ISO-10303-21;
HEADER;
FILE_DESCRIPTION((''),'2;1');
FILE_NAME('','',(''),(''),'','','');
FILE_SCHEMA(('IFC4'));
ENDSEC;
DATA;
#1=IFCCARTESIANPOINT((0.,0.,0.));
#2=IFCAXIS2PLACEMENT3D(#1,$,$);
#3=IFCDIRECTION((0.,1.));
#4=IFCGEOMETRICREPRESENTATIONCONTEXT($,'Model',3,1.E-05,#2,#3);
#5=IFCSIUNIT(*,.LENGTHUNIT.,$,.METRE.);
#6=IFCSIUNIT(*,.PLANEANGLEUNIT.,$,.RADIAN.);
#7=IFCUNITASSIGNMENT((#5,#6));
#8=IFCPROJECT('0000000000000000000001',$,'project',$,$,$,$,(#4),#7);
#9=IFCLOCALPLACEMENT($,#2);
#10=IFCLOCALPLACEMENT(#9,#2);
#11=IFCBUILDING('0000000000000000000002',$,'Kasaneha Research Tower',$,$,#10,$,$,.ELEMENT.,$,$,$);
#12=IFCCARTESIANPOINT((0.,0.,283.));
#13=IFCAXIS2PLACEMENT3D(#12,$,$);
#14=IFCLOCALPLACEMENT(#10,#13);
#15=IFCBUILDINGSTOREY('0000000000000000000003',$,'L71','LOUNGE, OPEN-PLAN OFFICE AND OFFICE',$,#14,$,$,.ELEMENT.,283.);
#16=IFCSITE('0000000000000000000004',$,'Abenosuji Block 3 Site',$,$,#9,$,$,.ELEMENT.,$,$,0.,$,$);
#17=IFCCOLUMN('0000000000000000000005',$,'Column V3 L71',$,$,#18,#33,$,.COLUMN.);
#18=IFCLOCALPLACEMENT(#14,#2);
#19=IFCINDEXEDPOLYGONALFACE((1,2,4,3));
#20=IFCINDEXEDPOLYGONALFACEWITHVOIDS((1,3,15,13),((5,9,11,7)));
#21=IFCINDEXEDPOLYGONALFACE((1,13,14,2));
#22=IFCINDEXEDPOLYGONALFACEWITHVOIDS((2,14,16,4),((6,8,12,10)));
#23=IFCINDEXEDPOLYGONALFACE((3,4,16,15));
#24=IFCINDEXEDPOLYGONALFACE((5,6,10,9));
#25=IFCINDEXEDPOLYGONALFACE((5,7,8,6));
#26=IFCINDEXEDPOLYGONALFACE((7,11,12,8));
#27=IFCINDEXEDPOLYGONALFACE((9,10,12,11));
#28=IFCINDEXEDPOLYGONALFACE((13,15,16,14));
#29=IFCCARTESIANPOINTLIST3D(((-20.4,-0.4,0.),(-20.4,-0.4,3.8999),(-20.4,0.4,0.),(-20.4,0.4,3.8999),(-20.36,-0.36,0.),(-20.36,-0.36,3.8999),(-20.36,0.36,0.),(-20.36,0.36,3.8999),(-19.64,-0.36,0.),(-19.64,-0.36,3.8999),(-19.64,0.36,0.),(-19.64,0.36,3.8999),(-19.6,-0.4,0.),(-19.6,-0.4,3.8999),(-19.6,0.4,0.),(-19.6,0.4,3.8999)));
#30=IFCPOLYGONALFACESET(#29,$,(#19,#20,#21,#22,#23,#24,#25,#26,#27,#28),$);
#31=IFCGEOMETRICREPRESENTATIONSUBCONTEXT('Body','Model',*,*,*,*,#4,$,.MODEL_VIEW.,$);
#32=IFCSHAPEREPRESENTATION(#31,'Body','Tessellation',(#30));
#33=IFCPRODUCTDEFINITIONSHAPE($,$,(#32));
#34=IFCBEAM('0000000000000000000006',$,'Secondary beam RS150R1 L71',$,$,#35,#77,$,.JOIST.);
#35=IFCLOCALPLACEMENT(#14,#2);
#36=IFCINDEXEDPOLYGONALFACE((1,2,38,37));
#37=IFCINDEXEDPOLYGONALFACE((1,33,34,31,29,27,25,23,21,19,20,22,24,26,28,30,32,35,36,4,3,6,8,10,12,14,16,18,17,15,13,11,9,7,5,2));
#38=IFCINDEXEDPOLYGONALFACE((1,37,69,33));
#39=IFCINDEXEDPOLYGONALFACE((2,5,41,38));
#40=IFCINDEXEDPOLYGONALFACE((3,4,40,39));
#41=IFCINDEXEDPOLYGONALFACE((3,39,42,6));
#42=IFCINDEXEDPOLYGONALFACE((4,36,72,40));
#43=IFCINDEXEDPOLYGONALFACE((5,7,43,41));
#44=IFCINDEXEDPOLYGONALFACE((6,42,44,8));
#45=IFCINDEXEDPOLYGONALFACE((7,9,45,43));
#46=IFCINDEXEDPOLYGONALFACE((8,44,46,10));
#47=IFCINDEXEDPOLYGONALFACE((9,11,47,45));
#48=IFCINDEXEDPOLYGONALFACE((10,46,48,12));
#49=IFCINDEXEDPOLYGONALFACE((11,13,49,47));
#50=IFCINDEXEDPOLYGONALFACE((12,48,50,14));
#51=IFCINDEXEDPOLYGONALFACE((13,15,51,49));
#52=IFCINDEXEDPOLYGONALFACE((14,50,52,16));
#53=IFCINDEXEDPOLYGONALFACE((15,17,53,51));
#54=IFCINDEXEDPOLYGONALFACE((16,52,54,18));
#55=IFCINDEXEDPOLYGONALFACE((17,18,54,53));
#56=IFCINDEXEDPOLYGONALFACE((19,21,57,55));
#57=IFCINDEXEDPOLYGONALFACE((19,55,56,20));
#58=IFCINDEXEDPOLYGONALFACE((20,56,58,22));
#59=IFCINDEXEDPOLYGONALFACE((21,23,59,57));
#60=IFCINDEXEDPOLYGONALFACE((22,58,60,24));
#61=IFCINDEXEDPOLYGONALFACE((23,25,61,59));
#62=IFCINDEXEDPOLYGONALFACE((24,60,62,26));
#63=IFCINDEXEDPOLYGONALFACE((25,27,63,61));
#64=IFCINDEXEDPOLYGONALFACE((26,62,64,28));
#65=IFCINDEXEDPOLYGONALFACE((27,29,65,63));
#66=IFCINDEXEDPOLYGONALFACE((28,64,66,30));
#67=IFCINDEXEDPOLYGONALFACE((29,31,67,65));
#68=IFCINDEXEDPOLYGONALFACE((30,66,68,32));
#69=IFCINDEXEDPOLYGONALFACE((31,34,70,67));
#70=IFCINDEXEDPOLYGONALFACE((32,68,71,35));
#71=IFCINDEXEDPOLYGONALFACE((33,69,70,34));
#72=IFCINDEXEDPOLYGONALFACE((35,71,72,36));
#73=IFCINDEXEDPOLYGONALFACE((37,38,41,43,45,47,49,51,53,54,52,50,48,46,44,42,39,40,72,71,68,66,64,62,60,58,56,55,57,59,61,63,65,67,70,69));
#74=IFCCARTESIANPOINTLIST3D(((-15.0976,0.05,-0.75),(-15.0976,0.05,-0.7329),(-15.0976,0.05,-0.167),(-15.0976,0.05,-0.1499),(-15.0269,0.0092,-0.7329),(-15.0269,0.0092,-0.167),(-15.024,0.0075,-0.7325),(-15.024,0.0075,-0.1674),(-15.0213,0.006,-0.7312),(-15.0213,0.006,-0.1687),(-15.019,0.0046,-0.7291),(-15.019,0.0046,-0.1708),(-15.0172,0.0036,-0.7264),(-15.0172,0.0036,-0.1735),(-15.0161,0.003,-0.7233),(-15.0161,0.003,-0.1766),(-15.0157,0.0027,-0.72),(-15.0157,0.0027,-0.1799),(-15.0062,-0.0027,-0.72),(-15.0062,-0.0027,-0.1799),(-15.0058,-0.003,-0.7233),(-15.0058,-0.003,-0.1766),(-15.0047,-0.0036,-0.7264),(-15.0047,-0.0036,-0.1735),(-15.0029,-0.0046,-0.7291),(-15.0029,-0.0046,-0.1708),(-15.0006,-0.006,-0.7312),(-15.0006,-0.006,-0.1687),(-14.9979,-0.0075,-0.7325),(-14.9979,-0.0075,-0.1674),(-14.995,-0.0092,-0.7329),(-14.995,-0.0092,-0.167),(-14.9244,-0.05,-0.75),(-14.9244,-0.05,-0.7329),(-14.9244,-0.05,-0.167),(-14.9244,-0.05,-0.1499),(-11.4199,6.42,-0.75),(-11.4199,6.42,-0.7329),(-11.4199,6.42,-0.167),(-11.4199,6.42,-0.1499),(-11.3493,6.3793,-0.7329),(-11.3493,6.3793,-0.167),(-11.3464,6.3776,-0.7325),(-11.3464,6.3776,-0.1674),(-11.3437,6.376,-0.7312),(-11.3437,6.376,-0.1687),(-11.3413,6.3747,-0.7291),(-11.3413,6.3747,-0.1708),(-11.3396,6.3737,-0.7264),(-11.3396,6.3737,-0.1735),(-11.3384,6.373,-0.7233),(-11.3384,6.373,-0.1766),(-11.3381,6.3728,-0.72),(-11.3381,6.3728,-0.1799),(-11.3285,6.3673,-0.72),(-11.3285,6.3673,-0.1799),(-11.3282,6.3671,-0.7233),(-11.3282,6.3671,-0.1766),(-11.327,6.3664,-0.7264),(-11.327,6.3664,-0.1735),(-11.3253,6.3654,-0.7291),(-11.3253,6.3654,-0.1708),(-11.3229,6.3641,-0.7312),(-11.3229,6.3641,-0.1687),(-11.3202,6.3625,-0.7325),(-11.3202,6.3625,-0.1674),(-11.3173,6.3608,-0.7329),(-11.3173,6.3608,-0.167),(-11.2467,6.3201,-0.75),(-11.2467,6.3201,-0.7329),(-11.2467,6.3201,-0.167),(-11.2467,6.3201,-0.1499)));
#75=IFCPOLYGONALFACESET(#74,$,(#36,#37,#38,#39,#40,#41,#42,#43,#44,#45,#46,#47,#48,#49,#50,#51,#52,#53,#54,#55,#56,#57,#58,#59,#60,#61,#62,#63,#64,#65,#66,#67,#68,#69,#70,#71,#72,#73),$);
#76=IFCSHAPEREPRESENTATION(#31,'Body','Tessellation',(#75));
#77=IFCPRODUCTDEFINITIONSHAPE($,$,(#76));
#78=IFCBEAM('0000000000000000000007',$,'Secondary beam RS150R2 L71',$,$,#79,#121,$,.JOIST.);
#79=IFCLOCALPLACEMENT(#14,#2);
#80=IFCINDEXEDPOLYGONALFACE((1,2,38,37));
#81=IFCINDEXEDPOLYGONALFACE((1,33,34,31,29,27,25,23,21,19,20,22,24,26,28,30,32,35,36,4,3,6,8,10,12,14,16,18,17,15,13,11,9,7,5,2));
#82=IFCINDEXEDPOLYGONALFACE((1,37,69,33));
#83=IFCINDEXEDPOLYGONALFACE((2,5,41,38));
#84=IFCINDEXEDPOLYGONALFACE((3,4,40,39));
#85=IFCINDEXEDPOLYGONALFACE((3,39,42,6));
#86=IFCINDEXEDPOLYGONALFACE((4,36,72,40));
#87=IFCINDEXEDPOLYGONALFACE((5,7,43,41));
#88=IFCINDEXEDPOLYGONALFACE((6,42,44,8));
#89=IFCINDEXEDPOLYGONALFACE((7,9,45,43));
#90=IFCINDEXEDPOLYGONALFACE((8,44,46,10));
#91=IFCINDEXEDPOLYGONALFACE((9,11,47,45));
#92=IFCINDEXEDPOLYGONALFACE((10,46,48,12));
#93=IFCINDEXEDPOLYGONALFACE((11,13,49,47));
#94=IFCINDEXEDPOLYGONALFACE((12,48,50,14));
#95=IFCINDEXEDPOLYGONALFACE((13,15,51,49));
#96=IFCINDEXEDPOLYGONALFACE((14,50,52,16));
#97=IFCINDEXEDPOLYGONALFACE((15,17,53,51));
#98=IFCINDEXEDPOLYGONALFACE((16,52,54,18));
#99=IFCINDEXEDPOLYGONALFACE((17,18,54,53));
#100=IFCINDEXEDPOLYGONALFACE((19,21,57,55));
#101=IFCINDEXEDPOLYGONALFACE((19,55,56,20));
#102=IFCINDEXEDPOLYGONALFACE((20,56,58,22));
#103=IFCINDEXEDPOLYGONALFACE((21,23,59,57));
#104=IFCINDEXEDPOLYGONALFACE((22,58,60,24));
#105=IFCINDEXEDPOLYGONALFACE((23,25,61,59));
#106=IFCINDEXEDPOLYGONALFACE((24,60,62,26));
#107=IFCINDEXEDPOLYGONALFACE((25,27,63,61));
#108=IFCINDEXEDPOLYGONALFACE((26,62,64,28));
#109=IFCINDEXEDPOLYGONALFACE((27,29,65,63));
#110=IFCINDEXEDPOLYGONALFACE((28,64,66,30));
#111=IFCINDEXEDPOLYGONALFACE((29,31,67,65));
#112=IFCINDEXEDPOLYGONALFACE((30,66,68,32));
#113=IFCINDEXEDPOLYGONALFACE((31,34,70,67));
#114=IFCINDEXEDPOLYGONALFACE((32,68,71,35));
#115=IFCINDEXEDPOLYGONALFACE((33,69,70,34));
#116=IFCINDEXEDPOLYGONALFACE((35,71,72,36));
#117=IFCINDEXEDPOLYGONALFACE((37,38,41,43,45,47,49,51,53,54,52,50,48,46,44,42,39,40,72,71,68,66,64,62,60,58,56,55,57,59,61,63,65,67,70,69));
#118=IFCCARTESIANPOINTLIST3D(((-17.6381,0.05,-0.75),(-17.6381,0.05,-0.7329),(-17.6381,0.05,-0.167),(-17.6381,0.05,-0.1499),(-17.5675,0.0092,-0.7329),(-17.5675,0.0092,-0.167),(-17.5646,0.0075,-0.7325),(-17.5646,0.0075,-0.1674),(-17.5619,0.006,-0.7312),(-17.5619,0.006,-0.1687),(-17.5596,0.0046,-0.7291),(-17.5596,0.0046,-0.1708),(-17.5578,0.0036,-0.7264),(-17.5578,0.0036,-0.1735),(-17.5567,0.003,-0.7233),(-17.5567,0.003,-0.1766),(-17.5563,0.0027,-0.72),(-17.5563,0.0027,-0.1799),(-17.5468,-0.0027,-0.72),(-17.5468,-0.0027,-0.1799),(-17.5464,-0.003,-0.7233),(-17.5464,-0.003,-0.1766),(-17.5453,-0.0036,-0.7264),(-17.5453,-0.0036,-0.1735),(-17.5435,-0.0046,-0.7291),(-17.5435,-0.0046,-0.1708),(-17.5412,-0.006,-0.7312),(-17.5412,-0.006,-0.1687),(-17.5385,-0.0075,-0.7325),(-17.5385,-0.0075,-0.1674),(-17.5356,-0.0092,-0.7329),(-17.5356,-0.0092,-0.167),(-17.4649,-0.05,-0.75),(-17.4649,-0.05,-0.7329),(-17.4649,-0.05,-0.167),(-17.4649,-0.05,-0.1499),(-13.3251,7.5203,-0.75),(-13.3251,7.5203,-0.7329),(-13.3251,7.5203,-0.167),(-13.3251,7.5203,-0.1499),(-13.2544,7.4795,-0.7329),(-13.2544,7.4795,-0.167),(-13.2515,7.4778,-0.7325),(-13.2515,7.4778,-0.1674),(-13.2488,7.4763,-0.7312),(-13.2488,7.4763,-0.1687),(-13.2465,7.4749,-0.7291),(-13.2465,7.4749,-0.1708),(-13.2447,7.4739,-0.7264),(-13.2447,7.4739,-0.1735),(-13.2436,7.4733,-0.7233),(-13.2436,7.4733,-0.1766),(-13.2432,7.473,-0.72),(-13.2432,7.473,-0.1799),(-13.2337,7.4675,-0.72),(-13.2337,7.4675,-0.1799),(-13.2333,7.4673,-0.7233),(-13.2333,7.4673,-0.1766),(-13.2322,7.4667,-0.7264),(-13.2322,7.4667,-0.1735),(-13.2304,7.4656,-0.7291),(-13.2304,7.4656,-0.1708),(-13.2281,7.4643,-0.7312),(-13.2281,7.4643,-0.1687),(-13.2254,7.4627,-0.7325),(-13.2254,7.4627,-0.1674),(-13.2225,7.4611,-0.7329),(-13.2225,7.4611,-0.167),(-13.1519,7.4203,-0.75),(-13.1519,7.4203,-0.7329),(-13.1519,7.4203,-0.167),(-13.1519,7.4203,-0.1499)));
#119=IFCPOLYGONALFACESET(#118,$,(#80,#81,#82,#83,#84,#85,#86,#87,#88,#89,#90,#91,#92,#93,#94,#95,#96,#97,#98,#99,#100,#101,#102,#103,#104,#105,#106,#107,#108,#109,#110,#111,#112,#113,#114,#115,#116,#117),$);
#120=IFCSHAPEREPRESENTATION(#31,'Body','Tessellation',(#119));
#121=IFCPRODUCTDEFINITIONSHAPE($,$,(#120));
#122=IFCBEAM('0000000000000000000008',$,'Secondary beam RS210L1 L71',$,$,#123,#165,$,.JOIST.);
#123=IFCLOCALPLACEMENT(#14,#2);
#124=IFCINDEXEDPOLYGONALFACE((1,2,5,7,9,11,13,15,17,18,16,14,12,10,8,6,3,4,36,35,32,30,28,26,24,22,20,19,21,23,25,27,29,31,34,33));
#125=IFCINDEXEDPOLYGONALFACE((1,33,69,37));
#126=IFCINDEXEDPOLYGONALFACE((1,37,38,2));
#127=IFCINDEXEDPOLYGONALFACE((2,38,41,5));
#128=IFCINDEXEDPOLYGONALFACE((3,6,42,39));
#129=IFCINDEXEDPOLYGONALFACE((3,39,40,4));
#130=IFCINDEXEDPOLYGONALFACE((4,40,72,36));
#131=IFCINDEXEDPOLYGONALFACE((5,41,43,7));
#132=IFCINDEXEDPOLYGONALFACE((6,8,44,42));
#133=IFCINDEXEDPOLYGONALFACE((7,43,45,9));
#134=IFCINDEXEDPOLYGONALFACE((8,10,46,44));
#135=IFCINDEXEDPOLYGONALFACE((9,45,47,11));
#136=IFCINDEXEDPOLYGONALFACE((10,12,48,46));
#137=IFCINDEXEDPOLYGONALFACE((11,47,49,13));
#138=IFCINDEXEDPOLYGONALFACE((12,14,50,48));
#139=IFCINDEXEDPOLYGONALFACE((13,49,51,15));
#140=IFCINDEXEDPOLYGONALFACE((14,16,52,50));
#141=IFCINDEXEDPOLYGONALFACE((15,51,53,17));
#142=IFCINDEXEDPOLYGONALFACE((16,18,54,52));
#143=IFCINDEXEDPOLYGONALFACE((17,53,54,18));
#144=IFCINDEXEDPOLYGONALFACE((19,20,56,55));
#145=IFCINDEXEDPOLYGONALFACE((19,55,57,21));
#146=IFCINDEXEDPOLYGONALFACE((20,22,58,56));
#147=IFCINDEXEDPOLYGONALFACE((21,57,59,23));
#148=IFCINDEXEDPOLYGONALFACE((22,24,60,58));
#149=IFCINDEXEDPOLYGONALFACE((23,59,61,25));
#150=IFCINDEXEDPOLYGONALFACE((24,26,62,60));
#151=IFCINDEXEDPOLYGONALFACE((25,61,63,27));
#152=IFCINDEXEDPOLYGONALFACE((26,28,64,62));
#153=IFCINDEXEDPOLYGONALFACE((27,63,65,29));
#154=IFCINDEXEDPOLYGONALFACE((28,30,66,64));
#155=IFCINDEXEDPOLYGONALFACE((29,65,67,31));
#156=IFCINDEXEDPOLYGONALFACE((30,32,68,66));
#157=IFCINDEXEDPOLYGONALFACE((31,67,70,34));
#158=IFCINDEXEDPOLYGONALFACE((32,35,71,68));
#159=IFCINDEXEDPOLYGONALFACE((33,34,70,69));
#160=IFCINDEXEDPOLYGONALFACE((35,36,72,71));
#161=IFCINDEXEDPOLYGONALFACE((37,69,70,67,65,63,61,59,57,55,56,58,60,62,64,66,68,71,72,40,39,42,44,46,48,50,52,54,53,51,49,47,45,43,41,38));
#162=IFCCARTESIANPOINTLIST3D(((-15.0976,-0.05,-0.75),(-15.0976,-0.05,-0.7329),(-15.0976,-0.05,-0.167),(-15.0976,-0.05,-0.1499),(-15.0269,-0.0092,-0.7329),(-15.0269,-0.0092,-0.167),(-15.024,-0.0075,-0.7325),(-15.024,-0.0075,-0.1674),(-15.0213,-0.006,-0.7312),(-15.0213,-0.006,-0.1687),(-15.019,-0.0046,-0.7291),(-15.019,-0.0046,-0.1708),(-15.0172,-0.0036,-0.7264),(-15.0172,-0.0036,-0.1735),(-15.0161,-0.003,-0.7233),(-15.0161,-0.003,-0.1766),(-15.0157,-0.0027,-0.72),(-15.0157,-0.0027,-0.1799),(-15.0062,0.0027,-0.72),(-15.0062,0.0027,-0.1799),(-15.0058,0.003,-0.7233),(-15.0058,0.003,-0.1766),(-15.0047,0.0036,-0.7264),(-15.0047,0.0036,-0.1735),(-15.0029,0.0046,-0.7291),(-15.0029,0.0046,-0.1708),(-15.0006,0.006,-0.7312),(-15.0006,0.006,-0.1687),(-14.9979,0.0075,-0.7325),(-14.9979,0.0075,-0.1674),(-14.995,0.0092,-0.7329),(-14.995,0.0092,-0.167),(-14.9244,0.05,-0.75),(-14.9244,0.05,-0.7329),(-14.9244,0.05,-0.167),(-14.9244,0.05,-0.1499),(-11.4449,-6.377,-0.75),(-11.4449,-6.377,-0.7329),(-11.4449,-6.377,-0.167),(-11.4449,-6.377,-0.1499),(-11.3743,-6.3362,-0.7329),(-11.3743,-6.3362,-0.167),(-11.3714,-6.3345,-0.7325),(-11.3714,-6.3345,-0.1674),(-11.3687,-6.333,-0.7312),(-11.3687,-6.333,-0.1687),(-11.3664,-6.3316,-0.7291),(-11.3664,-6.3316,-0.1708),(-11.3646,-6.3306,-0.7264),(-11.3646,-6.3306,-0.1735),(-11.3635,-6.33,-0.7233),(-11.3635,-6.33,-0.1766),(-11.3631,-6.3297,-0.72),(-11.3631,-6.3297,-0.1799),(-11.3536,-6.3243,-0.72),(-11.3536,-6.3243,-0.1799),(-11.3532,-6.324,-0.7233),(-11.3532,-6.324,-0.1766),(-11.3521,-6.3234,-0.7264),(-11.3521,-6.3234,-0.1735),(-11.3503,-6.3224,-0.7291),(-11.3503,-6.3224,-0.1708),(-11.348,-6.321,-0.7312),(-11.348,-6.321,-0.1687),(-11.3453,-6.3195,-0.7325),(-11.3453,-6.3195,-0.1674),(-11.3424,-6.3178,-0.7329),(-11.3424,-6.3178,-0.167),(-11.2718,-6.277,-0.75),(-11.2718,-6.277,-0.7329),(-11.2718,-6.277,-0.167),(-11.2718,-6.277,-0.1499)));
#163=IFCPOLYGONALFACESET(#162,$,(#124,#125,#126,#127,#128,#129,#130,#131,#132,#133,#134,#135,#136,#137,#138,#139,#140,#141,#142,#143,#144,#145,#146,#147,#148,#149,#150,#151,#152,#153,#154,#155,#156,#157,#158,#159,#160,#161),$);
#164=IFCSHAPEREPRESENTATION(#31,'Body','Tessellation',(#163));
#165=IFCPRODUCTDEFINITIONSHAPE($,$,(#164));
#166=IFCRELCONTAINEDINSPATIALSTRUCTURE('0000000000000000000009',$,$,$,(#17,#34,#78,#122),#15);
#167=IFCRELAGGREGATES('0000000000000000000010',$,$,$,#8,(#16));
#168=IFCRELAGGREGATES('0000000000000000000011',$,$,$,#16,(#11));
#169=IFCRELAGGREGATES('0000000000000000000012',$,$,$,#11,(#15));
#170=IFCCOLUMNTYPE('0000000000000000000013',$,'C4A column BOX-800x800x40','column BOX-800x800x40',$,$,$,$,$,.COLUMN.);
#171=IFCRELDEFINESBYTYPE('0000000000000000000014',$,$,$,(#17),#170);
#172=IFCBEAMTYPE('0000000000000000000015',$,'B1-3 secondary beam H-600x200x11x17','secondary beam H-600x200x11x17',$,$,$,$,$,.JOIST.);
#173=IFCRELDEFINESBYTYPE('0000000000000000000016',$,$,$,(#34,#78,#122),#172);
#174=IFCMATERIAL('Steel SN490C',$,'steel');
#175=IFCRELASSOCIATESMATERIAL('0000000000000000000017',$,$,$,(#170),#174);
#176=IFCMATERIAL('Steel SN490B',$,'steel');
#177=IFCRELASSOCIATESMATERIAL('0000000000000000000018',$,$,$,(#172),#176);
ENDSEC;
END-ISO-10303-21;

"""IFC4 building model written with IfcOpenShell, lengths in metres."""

from ifc_helpers import new_model, si_unit, direction, frame, origin, origin_2d, place, context, subcontext, project, spatial, hollow_rectangle, i_section, extrude, material, material_profile, profile_set, type_object, element, save


model = new_model("IFC4")

# Units and contexts
model_context = context("Model", 3, precision=1e-05, world=origin(), true_north=direction((0.0, 1.0)))
body_context = subcontext(model_context, "Body", "Model", "MODEL_VIEW")
ifc_project = project(units=[si_unit("LENGTHUNIT", "METRE"), si_unit("PLANEANGLEUNIT", "RADIAN")], contexts=[model_context])

# Site, building, storey
site_placement = place(None, origin())
site = spatial("IfcSite", under=ifc_project, at=site_placement, Name="Abenosuji Block 3 Site", CompositionType="ELEMENT", RefElevation=0.0)
building_placement = place(site_placement, origin())
building = spatial("IfcBuilding", under=site, at=building_placement, Name="Kasaneha Research Tower", CompositionType="ELEMENT")
storey_placement = place(building_placement, frame((0.0, 0.0, 283.0)))
storey = spatial("IfcBuildingStorey", under=building, at=storey_placement, Name="L71", Description="LOUNGE, OPEN-PLAN OFFICE AND OFFICE", CompositionType="ELEMENT", Elevation=283.0)

# Column
ifc_material_1 = material(Name="Steel SN490C", Category="steel")
ifc_material_profile_1 = material_profile(ifc_material_1, hollow_rectangle(XDim=0.8, YDim=0.8, WallThickness=0.04, at=origin_2d()), Name="BOX-800x800x40")
ifc_profile_set_1 = profile_set([ifc_material_profile_1], Name="Steel SN490C")
column_type = type_object("IfcColumnType", Name="C4A column BOX-800x800x40", Description="column BOX-800x800x40", PredefinedType="COLUMN", material=ifc_profile_set_1)
column_placement = place(storey_placement, frame((-20.0, 0.0, 0.0), z_axis=(0.0, 0.0, 1.0), x_axis=(1.0, 0.0, 0.0)))
element("IfcColumn", 1, at=column_placement, inside=storey, type_object=column_type, Name="Column V3 L71", PredefinedType="COLUMN", context=body_context, shape_type="SweptSolid", body=[
    extrude(hollow_rectangle(XDim=0.8, YDim=0.8, WallThickness=0.04, at=origin_2d()), origin(), (0.0, 0.0, 1.0), 3.8999),
])

# Beams
ifc_material_2 = material(Name="Steel SN490B", Category="steel")
ifc_material_profile_2 = material_profile(ifc_material_2, i_section(OverallWidth=0.2, OverallDepth=0.6001, WebThickness=0.011, FlangeThickness=0.0171, FilletRadius=0.0129, at=origin_2d()), Name="H-600x200x11x17")
ifc_profile_set_2 = profile_set([ifc_material_profile_2], Name="Steel SN490B")
beam_type_1 = type_object("IfcBeamType", Name="B1-3 secondary beam H-600x200x11x17", Description="secondary beam H-600x200x11x17", PredefinedType="JOIST", material=ifc_profile_set_2)
beam_1_placement = place(storey_placement, frame((-15.011, 0.0, -0.45), z_axis=(0.499994, 0.866029, 0.0), x_axis=(-0.866029, 0.499994, 0.0)))
element("IfcBeam", 2, at=beam_1_placement, inside=storey, type_object=beam_type_1, Name="Secondary beam RS150R1 L71", PredefinedType="JOIST", context=body_context, shape_type="SweptSolid", body=[
    extrude(i_section(OverallWidth=0.2, OverallDepth=0.6001, WebThickness=0.011, FlangeThickness=0.0171, FilletRadius=0.0129, at=origin_2d()), origin(), (0.0, 0.0, 1.0), 7.3555),
])
beam_2_placement = place(storey_placement, frame((-17.5515, 0.0, -0.45), z_axis=(0.500005, 0.866023, 0.0), x_axis=(-0.866023, 0.500005, 0.0)))
element("IfcBeam", 3, at=beam_2_placement, inside=storey, type_object=beam_type_1, Name="Secondary beam RS150R2 L71", PredefinedType="JOIST", context=body_context, shape_type="SweptSolid", body=[
    extrude(i_section(OverallWidth=0.2, OverallDepth=0.6001, WebThickness=0.011, FlangeThickness=0.0171, FilletRadius=0.0129, at=origin_2d()), origin(), (0.0, 0.0, 1.0), 8.626),
])
beam_3_placement = place(storey_placement, frame((-15.011, 0.0, -0.45), z_axis=(0.499974, -0.86604, 0.0), x_axis=(0.86604, 0.499974, 0.0)))
element("IfcBeam", 4, at=beam_3_placement, inside=storey, type_object=beam_type_1, Name="Secondary beam RS210L1 L71", PredefinedType="JOIST", context=body_context, shape_type="SweptSolid", body=[
    extrude(i_section(OverallWidth=0.2, OverallDepth=0.6001, WebThickness=0.011, FlangeThickness=0.0171, FilletRadius=0.0129, at=origin_2d()), origin(), (0.0, 0.0, 1.0), 7.3057),
])

save(model, "model.ifc")
